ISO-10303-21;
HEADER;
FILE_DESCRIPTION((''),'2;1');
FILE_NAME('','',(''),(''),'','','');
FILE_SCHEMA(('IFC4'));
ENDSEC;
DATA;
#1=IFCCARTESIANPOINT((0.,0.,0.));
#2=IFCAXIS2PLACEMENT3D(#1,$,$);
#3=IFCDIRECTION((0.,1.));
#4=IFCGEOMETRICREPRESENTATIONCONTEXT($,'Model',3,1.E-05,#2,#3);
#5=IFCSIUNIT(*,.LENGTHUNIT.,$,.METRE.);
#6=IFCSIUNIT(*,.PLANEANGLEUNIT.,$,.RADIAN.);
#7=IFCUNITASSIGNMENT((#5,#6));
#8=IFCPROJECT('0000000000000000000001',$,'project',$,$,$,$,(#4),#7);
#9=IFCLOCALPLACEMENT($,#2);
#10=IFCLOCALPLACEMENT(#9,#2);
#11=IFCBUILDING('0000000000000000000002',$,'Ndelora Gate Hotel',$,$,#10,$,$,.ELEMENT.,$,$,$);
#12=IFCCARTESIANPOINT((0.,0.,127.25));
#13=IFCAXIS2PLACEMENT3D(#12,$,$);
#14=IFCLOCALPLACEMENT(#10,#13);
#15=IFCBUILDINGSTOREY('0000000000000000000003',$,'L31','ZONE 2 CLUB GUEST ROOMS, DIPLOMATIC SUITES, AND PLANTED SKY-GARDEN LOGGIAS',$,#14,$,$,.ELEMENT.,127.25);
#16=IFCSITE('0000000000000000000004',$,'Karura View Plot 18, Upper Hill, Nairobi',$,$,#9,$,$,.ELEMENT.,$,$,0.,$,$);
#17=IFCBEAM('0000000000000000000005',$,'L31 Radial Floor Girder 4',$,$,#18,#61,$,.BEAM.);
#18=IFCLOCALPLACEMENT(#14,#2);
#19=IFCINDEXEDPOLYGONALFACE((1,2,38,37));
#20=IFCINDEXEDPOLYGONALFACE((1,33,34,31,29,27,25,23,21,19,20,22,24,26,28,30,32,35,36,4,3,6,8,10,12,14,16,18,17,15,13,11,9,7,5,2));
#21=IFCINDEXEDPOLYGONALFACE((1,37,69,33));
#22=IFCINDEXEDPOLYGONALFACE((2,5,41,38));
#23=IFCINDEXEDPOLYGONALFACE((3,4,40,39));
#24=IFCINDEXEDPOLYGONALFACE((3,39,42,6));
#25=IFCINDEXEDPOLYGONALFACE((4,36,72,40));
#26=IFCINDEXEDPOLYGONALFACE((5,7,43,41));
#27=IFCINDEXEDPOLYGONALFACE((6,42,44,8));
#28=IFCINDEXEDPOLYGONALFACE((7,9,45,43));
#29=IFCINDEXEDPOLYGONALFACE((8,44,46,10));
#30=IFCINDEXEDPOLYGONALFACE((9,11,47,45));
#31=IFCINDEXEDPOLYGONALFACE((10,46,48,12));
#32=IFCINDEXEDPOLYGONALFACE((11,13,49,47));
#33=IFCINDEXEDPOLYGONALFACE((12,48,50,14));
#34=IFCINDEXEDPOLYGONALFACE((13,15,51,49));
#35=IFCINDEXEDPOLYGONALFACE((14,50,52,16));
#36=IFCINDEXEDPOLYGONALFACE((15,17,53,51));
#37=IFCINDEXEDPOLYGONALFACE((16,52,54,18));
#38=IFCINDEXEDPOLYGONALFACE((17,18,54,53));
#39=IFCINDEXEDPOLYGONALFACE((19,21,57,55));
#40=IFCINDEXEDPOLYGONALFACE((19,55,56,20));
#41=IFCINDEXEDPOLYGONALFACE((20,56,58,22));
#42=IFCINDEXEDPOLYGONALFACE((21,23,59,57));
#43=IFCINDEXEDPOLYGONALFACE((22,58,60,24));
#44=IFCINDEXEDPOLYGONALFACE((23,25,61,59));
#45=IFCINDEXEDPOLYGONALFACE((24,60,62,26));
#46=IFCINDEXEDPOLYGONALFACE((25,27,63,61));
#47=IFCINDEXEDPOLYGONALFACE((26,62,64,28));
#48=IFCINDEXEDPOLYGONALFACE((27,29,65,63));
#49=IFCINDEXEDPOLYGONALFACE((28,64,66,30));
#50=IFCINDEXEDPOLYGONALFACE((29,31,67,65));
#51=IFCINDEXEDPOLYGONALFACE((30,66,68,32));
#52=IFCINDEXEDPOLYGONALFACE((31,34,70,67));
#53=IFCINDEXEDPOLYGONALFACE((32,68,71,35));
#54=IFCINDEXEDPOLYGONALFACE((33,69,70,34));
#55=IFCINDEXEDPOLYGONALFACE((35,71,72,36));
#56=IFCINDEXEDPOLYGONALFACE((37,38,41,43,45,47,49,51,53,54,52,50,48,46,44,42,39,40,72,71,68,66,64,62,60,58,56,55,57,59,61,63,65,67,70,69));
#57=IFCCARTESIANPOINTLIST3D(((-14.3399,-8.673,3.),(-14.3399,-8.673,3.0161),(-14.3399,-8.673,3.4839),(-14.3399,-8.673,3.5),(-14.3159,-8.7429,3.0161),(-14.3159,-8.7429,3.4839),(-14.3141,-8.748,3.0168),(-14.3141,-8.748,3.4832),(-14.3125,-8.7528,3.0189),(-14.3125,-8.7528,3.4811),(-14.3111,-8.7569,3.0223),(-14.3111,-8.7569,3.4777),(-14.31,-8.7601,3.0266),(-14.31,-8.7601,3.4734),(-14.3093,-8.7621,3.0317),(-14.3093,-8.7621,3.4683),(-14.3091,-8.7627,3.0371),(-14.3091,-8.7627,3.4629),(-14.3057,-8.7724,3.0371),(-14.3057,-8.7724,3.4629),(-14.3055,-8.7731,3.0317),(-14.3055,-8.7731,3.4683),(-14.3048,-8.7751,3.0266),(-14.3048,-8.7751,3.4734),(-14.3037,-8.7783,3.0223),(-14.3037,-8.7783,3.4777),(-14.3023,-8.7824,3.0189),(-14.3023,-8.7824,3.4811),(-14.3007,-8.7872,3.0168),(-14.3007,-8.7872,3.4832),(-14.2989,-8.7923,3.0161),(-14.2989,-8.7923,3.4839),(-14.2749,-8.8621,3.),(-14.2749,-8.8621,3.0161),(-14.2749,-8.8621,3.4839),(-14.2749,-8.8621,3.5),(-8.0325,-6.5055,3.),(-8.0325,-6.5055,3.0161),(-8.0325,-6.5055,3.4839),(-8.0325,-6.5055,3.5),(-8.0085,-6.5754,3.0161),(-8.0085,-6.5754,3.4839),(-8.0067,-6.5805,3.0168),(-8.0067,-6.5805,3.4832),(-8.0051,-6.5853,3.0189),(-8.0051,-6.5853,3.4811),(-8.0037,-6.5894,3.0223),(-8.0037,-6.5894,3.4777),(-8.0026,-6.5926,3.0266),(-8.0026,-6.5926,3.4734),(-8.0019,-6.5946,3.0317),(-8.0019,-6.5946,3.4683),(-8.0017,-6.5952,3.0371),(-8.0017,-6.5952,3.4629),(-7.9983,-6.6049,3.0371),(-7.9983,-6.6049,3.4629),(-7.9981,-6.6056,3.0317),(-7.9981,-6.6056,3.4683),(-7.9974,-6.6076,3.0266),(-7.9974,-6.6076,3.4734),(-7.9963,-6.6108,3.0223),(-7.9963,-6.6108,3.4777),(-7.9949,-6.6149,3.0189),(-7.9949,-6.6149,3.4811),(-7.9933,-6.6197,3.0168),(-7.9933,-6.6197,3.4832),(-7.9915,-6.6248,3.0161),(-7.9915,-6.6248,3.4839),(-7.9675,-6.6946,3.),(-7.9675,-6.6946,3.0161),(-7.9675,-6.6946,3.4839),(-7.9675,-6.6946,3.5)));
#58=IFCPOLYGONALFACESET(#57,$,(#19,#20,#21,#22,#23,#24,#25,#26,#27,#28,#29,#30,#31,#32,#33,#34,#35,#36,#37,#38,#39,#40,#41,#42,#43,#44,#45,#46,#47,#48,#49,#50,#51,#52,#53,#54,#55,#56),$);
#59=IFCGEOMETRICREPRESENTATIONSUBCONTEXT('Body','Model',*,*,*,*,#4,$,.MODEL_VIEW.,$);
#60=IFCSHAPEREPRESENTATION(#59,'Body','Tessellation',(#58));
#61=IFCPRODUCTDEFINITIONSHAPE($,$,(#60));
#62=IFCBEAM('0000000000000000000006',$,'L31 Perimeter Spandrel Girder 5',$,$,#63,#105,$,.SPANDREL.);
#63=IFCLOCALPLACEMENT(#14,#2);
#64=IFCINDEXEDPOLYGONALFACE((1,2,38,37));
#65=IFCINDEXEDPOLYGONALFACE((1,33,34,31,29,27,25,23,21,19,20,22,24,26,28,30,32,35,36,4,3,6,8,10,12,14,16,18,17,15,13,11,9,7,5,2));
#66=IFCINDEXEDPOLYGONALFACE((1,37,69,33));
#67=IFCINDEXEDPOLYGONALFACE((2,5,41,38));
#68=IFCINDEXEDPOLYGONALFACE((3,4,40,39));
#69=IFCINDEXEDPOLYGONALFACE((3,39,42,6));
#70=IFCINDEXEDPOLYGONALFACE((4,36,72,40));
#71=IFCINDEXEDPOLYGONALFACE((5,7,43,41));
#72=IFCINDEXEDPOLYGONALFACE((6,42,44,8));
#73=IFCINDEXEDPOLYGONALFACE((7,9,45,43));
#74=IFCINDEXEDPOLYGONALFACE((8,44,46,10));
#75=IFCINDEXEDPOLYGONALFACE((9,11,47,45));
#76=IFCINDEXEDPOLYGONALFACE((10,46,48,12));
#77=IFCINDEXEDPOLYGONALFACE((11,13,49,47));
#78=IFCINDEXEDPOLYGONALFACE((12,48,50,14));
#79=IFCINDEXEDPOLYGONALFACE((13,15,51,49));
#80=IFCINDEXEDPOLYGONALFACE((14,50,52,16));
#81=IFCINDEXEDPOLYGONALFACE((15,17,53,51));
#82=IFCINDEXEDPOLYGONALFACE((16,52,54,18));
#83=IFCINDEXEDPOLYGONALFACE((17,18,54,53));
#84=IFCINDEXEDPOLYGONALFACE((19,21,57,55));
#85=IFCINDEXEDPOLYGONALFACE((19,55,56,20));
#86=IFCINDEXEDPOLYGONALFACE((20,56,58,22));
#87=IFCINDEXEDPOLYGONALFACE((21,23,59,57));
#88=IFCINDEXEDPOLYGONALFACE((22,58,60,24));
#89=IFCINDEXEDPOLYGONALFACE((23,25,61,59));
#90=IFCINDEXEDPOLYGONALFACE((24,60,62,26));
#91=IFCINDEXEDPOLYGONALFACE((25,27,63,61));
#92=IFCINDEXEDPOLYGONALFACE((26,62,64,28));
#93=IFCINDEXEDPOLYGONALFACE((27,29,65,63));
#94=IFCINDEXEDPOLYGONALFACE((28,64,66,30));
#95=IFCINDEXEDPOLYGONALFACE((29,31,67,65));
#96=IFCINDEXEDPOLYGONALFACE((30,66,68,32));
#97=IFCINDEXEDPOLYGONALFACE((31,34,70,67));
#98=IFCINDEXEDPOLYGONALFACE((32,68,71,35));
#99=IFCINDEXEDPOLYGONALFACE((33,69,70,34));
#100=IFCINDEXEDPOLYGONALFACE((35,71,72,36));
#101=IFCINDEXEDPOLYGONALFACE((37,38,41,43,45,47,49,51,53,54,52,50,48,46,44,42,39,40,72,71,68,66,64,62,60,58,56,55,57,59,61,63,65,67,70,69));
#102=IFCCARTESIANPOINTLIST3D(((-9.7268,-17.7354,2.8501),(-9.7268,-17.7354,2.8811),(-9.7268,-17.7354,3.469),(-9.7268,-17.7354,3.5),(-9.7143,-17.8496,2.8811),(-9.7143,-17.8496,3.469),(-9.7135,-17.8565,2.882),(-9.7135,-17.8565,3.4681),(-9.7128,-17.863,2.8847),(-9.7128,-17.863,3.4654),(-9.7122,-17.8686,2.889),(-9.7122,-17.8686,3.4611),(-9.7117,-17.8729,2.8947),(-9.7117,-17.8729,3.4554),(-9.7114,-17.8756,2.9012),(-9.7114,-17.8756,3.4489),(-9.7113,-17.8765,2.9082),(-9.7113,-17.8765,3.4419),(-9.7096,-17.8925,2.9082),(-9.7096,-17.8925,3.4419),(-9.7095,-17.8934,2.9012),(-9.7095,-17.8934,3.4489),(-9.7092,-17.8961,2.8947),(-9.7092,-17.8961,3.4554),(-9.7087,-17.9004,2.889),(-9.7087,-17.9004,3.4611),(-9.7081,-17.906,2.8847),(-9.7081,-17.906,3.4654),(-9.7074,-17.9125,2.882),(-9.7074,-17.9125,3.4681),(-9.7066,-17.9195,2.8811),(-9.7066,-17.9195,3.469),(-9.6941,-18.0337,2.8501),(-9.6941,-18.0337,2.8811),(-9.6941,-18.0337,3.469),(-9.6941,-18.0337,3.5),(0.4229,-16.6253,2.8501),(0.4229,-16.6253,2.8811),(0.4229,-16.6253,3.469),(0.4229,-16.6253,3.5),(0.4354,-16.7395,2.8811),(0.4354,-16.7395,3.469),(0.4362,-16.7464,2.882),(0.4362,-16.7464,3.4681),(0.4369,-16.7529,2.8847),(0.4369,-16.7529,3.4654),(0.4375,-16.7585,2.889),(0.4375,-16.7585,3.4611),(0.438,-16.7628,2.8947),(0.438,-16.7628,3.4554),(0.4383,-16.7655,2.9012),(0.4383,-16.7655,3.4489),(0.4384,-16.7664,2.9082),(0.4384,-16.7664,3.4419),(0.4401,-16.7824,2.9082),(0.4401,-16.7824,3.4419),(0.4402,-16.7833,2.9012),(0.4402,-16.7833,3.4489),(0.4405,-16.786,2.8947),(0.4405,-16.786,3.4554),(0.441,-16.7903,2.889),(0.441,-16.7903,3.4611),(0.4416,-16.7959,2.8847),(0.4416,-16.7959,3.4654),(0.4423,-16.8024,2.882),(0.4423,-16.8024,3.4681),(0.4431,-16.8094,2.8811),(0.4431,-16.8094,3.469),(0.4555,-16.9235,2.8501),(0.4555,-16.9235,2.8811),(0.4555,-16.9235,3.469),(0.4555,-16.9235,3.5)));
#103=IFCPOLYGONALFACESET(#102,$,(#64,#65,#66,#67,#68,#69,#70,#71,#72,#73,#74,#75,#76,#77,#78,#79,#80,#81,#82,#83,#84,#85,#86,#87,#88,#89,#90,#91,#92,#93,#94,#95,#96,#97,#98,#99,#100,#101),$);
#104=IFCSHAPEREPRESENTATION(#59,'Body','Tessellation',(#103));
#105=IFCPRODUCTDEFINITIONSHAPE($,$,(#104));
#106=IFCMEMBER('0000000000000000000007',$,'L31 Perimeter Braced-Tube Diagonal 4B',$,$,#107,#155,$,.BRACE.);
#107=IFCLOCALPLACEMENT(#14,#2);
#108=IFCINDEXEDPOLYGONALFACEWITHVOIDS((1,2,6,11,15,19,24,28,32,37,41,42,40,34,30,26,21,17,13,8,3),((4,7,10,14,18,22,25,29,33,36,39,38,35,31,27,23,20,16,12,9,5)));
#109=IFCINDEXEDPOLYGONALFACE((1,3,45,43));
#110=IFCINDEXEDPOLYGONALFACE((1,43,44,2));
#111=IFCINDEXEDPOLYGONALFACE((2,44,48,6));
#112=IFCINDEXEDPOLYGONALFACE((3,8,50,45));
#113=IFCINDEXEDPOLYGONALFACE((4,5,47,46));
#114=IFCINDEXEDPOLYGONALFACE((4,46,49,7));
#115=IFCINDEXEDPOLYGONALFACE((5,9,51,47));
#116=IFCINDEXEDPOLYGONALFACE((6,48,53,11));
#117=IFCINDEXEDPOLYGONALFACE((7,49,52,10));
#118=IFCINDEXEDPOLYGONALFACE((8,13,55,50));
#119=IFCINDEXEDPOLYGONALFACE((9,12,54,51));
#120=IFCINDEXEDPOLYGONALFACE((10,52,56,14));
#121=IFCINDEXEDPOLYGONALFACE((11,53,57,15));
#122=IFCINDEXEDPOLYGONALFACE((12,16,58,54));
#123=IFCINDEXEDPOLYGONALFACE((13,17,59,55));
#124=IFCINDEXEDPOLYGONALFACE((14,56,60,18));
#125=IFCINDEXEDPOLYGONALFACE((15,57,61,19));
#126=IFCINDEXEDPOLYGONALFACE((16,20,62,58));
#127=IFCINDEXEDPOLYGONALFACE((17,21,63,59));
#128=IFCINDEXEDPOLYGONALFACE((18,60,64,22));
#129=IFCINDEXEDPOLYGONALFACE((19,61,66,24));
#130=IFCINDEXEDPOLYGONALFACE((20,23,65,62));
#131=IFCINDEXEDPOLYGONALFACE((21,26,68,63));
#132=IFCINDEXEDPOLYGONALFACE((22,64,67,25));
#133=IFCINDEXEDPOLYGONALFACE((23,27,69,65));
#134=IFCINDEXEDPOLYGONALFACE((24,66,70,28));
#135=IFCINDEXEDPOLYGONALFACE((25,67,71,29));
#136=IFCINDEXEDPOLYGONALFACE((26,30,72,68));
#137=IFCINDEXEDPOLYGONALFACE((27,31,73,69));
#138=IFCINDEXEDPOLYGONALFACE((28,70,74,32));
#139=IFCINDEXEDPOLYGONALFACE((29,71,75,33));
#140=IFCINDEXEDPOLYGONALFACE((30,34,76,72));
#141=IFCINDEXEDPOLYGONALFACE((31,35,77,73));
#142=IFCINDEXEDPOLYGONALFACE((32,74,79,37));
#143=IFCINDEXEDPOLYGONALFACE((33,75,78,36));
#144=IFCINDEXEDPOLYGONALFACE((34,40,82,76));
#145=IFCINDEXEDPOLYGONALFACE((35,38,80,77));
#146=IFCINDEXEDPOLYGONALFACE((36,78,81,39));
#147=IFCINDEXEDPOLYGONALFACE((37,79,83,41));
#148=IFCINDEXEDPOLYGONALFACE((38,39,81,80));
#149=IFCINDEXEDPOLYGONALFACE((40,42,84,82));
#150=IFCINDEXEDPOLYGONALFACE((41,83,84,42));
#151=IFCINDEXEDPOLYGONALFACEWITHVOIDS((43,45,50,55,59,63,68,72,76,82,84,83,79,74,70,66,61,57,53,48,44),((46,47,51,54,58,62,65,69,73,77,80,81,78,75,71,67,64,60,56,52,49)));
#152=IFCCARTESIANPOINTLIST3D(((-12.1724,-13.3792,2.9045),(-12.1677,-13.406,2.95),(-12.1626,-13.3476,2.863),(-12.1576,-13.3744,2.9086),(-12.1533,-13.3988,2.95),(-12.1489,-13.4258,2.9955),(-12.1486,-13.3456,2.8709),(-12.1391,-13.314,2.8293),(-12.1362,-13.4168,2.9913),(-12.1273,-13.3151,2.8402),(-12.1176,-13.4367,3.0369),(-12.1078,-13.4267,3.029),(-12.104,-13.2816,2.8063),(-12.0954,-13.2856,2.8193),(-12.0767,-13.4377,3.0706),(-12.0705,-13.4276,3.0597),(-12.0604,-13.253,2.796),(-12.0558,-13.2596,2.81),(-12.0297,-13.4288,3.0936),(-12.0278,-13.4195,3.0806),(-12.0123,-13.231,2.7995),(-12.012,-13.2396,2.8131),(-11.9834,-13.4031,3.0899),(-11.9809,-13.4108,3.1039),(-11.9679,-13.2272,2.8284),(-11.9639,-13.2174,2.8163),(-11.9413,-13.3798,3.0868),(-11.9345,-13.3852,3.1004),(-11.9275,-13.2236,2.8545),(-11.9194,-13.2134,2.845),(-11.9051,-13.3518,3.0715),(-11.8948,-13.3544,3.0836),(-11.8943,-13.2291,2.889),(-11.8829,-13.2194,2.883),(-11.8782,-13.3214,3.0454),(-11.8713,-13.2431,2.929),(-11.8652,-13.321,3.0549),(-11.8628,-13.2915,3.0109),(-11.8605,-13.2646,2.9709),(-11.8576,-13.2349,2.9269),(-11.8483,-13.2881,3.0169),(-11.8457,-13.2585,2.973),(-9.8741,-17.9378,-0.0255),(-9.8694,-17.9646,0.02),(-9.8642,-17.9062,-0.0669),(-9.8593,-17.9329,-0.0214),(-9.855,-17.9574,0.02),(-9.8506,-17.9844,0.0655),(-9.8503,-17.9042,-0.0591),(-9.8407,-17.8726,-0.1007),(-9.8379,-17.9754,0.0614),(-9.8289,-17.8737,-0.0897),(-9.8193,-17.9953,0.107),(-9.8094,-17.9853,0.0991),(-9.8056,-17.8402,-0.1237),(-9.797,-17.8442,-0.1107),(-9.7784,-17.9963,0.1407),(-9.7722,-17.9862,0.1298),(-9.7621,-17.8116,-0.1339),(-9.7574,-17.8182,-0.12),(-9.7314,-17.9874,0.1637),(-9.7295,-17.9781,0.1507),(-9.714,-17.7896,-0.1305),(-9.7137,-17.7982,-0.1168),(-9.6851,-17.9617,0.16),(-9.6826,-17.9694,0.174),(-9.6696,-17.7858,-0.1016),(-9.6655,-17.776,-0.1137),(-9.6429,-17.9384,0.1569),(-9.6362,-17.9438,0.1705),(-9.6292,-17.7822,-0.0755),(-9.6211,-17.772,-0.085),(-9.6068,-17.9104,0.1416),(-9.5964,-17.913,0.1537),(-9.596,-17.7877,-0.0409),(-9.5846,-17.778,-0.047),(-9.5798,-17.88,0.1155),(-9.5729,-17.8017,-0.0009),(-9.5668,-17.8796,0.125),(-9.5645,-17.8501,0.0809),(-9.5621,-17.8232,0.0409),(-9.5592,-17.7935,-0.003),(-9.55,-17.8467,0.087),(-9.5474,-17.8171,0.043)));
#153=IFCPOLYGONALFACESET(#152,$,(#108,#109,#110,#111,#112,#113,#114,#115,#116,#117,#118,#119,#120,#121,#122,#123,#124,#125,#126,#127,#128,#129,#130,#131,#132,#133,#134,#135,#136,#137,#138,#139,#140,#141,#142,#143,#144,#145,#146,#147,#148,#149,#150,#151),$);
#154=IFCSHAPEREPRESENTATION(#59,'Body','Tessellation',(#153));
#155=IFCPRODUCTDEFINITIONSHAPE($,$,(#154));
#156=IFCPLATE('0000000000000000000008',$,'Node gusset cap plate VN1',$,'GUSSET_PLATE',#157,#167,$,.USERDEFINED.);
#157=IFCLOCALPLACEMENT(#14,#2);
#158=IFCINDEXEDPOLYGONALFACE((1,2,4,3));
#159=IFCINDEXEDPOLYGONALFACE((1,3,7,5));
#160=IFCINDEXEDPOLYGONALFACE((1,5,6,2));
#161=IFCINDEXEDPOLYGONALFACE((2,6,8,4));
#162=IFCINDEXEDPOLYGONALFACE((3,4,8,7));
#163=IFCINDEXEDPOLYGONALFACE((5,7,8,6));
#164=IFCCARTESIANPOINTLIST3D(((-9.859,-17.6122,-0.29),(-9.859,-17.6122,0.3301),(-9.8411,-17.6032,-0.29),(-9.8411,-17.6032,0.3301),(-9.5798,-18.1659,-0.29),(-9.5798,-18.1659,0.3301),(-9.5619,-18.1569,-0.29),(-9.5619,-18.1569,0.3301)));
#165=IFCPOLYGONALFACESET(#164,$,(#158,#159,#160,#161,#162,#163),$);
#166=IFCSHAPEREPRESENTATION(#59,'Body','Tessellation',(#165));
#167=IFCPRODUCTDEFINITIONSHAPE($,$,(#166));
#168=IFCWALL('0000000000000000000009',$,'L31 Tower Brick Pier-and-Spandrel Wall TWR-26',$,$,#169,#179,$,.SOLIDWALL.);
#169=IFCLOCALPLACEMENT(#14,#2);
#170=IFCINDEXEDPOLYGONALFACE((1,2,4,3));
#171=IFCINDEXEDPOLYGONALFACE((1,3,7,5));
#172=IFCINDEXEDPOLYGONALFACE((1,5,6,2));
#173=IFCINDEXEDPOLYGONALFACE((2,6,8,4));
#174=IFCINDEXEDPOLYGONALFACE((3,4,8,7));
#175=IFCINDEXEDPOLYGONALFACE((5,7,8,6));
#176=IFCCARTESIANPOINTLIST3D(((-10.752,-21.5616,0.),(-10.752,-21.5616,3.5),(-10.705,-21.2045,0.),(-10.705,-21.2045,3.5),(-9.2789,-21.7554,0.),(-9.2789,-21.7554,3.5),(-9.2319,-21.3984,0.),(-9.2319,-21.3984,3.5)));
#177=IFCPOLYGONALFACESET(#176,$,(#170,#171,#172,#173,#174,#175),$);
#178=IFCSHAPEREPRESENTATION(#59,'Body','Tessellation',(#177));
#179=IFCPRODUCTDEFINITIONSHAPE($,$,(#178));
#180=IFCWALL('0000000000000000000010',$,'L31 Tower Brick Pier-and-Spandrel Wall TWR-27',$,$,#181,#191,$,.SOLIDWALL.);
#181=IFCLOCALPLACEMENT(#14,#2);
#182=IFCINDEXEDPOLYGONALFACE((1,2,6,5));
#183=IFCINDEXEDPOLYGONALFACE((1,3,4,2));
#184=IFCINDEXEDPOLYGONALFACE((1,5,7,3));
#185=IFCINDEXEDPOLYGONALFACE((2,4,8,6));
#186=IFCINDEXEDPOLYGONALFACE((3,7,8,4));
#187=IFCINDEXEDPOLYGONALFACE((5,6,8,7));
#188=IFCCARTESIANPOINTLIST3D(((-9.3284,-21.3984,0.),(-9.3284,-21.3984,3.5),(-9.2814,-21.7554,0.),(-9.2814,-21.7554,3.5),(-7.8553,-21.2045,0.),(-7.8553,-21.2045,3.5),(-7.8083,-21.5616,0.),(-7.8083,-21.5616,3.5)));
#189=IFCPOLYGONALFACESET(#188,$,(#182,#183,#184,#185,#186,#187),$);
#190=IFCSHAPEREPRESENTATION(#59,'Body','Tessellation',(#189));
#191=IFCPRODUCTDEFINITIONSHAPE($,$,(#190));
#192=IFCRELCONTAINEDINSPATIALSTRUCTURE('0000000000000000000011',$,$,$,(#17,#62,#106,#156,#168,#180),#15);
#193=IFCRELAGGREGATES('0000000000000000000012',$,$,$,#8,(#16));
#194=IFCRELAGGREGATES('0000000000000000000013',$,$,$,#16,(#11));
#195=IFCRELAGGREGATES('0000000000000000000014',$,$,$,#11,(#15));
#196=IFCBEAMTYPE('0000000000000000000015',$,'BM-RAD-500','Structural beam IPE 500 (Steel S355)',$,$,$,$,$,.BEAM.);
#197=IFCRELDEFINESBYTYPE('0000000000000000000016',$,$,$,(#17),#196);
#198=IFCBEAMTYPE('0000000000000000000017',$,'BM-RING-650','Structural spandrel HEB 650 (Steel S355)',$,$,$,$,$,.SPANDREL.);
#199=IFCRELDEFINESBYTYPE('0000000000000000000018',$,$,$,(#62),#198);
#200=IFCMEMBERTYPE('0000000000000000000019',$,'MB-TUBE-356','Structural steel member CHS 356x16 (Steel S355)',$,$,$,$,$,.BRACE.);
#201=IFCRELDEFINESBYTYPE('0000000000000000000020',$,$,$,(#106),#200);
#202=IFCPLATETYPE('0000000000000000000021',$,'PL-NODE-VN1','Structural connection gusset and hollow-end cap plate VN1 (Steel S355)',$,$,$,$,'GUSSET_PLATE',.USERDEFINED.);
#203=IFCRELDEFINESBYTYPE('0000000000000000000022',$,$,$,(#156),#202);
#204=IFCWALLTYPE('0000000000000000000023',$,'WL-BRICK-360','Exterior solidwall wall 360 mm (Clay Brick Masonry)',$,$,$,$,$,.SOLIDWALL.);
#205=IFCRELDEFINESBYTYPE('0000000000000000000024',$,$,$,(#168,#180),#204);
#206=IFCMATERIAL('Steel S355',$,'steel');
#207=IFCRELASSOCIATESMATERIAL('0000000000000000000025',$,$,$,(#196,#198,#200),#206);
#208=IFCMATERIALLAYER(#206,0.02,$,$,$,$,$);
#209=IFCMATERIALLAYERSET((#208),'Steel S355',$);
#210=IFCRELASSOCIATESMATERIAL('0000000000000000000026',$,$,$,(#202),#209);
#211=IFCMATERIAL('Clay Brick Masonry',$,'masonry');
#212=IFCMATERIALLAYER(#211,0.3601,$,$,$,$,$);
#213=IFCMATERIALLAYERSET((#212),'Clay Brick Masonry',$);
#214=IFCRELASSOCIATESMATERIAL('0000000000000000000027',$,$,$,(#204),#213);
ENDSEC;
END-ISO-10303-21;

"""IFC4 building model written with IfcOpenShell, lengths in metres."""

from ifc_helpers import new_model, si_unit, direction, frame, frame_2d, origin, origin_2d, place, context, subcontext, project, spatial, rectangle, hollow_circle, i_section, extrude, material, layer, layer_set, material_profile, profile_set, type_object, element, save


model = new_model("IFC4")

# Units and contexts
model_context = context("Model", 3, precision=1e-05, world=origin(), true_north=direction((0.0, 1.0)))
body_context = subcontext(model_context, "Body", "Model", "MODEL_VIEW")
ifc_project = project(units=[si_unit("LENGTHUNIT", "METRE"), si_unit("PLANEANGLEUNIT", "RADIAN")], contexts=[model_context])

# Site, building, storey
site_placement = place(None, origin())
site = spatial("IfcSite", under=ifc_project, at=site_placement, Name="Karura View Plot 18, Upper Hill, Nairobi", CompositionType="ELEMENT", RefElevation=0.0)
building_placement = place(site_placement, origin())
building = spatial("IfcBuilding", under=site, at=building_placement, Name="Ndelora Gate Hotel", CompositionType="ELEMENT")
storey_placement = place(building_placement, frame((0.0, 0.0, 127.25)))
storey = spatial("IfcBuildingStorey", under=building, at=storey_placement, Name="L31", Description="ZONE 2 CLUB GUEST ROOMS, DIPLOMATIC SUITES, AND PLANTED SKY-GARDEN LOGGIAS", CompositionType="ELEMENT", Elevation=127.25)

# Beams
ifc_material_1 = material(Name="Steel S355", Category="steel")
ifc_material_profile_1 = material_profile(ifc_material_1, i_section(OverallWidth=0.2, OverallDepth=0.5, WebThickness=0.0103, FlangeThickness=0.0161, FilletRadius=0.021, at=origin_2d()), Name="IPE 500")
ifc_profile_set_1 = profile_set([ifc_material_profile_1], Name="Steel S355")
beam_type_1 = type_object("IfcBeamType", Name="BM-RAD-500", Description="Structural beam IPE 500 (Steel S355)", PredefinedType="BEAM", material=ifc_profile_set_1)
beam_1_placement = place(storey_placement, frame((-8.0, -6.6001, 3.25), z_axis=(-0.945718, -0.324989, 0.0), x_axis=(0.324989, -0.945718, 0.0)))
element("IfcBeam", 1, at=beam_1_placement, inside=storey, type_object=beam_type_1, Name="L31 Radial Floor Girder 4", PredefinedType="BEAM", context=body_context, shape_type="SweptSolid", body=[
    extrude(i_section(OverallWidth=0.2, OverallDepth=0.5, WebThickness=0.0103, FlangeThickness=0.0161, FilletRadius=0.021, at=origin_2d()), origin(), (0.0, 0.0, 1.0), 6.6694),
])
ifc_material_profile_2 = material_profile(ifc_material_1, i_section(OverallWidth=0.3, OverallDepth=0.6499, WebThickness=0.0161, FlangeThickness=0.031, FilletRadius=0.0271, at=origin_2d()), Name="HEB 650")
ifc_profile_set_2 = profile_set([ifc_material_profile_2], Name="Steel S355")
beam_type_2 = type_object("IfcBeamType", Name="BM-RING-650", Description="Structural spandrel HEB 650 (Steel S355)", PredefinedType="SPANDREL", material=ifc_profile_set_2)
beam_2_placement = place(storey_placement, frame((-9.7104, -17.8845, 3.175), z_axis=(0.994072, 0.108725, 0.0), x_axis=(-0.108725, 0.994072, 0.0)))
element("IfcBeam", 2, at=beam_2_placement, inside=storey, type_object=beam_type_2, Name="L31 Perimeter Spandrel Girder 5", PredefinedType="SPANDREL", context=body_context, shape_type="SweptSolid", body=[
    extrude(i_section(OverallWidth=0.3, OverallDepth=0.6499, WebThickness=0.0161, FlangeThickness=0.031, FilletRadius=0.0271, at=origin_2d()), origin(), (0.0, 0.0, 1.0), 10.2102),
])

# Member
ifc_material_profile_3 = material_profile(ifc_material_1, hollow_circle(Radius=0.178, WallThickness=0.0161, at=origin_2d()), Name="CHS 356x16")
ifc_profile_set_3 = profile_set([ifc_material_profile_3], Name="Steel S355")
member_type = type_object("IfcMemberType", Name="MB-TUBE-356", Description="Structural steel member CHS 356x16 (Steel S355)", PredefinedType="BRACE", material=ifc_profile_set_3)
member_placement = place(storey_placement, frame((-9.7104, -17.8845, 0.02), z_axis=(-0.390461, 0.774451, 0.497761), x_axis=(-0.89293, -0.450195, 0.0)))
element("IfcMember", 3, at=member_placement, inside=storey, type_object=member_type, Name="L31 Perimeter Braced-Tube Diagonal 4B", PredefinedType="BRACE", context=body_context, shape_type="SweptSolid", body=[
    extrude(hollow_circle(Radius=0.178, WallThickness=0.0161, at=origin_2d()), origin(), (0.0, 0.0, 1.0), 5.8862),
])

# Plate
ifc_layer_1 = layer(ifc_material_1, 0.02)
ifc_layer_set_1 = layer_set([ifc_layer_1], Name="Steel S355")
plate_type = type_object("IfcPlateType", Name="PL-NODE-VN1", Description="Structural connection gusset and hollow-end cap plate VN1 (Steel S355)", ElementType="GUSSET_PLATE", PredefinedType="USERDEFINED", material=ifc_layer_set_1)
plate_placement = place(storey_placement, frame((-9.7104, -17.8845, -0.29), z_axis=(0.0, 0.0, 1.0), x_axis=(-0.450254, 0.8929, 0.0)))
element("IfcPlate", 4, at=plate_placement, inside=storey, type_object=plate_type, Name="Node gusset cap plate VN1", ObjectType="GUSSET_PLATE", PredefinedType="USERDEFINED", context=body_context, shape_type="SweptSolid", body=[
    extrude(rectangle(XDim=0.6201, YDim=0.02, at=origin_2d()), origin(), (0.0, 0.0, 1.0), 0.6201),
])

# Walls
ifc_material_2 = material(Name="Clay Brick Masonry", Category="masonry")
ifc_layer_2 = layer(ifc_material_2, 0.3601)
ifc_layer_set_2 = layer_set([ifc_layer_2], Name="Clay Brick Masonry")
wall_type_1 = type_object("IfcWallType", Name="WL-BRICK-360", Description="Exterior solidwall wall 360 mm (Clay Brick Masonry)", PredefinedType="SOLIDWALL", material=ifc_layer_set_2)
for number, where, z_axis, x_axis, name in (
    (5, (-9.2554, -21.5769, 0.0), (0.0, 0.0, 1.0), (-0.991453, 0.130463, 0.0), "L31 Tower Brick Pier-and-Spandrel Wall TWR-26"),
    (6, (-7.8318, -21.3831, 0.0), (0.0, 0.0, 1.0), (-0.991453, -0.130463, 0.0), "L31 Tower Brick Pier-and-Spandrel Wall TWR-27"),
):
    element("IfcWall", number, at=place(storey_placement, frame(where, z_axis=z_axis, x_axis=x_axis)), inside=storey, type_object=wall_type_1, Name=name, PredefinedType="SOLIDWALL", context=body_context, shape_type="SweptSolid", body=[
        extrude(rectangle(XDim=1.4858, YDim=0.3601, at=frame_2d((0.7429, 0.0))), origin(), (0.0, 0.0, 1.0), 3.5),
    ])

save(model, "model.ifc")
